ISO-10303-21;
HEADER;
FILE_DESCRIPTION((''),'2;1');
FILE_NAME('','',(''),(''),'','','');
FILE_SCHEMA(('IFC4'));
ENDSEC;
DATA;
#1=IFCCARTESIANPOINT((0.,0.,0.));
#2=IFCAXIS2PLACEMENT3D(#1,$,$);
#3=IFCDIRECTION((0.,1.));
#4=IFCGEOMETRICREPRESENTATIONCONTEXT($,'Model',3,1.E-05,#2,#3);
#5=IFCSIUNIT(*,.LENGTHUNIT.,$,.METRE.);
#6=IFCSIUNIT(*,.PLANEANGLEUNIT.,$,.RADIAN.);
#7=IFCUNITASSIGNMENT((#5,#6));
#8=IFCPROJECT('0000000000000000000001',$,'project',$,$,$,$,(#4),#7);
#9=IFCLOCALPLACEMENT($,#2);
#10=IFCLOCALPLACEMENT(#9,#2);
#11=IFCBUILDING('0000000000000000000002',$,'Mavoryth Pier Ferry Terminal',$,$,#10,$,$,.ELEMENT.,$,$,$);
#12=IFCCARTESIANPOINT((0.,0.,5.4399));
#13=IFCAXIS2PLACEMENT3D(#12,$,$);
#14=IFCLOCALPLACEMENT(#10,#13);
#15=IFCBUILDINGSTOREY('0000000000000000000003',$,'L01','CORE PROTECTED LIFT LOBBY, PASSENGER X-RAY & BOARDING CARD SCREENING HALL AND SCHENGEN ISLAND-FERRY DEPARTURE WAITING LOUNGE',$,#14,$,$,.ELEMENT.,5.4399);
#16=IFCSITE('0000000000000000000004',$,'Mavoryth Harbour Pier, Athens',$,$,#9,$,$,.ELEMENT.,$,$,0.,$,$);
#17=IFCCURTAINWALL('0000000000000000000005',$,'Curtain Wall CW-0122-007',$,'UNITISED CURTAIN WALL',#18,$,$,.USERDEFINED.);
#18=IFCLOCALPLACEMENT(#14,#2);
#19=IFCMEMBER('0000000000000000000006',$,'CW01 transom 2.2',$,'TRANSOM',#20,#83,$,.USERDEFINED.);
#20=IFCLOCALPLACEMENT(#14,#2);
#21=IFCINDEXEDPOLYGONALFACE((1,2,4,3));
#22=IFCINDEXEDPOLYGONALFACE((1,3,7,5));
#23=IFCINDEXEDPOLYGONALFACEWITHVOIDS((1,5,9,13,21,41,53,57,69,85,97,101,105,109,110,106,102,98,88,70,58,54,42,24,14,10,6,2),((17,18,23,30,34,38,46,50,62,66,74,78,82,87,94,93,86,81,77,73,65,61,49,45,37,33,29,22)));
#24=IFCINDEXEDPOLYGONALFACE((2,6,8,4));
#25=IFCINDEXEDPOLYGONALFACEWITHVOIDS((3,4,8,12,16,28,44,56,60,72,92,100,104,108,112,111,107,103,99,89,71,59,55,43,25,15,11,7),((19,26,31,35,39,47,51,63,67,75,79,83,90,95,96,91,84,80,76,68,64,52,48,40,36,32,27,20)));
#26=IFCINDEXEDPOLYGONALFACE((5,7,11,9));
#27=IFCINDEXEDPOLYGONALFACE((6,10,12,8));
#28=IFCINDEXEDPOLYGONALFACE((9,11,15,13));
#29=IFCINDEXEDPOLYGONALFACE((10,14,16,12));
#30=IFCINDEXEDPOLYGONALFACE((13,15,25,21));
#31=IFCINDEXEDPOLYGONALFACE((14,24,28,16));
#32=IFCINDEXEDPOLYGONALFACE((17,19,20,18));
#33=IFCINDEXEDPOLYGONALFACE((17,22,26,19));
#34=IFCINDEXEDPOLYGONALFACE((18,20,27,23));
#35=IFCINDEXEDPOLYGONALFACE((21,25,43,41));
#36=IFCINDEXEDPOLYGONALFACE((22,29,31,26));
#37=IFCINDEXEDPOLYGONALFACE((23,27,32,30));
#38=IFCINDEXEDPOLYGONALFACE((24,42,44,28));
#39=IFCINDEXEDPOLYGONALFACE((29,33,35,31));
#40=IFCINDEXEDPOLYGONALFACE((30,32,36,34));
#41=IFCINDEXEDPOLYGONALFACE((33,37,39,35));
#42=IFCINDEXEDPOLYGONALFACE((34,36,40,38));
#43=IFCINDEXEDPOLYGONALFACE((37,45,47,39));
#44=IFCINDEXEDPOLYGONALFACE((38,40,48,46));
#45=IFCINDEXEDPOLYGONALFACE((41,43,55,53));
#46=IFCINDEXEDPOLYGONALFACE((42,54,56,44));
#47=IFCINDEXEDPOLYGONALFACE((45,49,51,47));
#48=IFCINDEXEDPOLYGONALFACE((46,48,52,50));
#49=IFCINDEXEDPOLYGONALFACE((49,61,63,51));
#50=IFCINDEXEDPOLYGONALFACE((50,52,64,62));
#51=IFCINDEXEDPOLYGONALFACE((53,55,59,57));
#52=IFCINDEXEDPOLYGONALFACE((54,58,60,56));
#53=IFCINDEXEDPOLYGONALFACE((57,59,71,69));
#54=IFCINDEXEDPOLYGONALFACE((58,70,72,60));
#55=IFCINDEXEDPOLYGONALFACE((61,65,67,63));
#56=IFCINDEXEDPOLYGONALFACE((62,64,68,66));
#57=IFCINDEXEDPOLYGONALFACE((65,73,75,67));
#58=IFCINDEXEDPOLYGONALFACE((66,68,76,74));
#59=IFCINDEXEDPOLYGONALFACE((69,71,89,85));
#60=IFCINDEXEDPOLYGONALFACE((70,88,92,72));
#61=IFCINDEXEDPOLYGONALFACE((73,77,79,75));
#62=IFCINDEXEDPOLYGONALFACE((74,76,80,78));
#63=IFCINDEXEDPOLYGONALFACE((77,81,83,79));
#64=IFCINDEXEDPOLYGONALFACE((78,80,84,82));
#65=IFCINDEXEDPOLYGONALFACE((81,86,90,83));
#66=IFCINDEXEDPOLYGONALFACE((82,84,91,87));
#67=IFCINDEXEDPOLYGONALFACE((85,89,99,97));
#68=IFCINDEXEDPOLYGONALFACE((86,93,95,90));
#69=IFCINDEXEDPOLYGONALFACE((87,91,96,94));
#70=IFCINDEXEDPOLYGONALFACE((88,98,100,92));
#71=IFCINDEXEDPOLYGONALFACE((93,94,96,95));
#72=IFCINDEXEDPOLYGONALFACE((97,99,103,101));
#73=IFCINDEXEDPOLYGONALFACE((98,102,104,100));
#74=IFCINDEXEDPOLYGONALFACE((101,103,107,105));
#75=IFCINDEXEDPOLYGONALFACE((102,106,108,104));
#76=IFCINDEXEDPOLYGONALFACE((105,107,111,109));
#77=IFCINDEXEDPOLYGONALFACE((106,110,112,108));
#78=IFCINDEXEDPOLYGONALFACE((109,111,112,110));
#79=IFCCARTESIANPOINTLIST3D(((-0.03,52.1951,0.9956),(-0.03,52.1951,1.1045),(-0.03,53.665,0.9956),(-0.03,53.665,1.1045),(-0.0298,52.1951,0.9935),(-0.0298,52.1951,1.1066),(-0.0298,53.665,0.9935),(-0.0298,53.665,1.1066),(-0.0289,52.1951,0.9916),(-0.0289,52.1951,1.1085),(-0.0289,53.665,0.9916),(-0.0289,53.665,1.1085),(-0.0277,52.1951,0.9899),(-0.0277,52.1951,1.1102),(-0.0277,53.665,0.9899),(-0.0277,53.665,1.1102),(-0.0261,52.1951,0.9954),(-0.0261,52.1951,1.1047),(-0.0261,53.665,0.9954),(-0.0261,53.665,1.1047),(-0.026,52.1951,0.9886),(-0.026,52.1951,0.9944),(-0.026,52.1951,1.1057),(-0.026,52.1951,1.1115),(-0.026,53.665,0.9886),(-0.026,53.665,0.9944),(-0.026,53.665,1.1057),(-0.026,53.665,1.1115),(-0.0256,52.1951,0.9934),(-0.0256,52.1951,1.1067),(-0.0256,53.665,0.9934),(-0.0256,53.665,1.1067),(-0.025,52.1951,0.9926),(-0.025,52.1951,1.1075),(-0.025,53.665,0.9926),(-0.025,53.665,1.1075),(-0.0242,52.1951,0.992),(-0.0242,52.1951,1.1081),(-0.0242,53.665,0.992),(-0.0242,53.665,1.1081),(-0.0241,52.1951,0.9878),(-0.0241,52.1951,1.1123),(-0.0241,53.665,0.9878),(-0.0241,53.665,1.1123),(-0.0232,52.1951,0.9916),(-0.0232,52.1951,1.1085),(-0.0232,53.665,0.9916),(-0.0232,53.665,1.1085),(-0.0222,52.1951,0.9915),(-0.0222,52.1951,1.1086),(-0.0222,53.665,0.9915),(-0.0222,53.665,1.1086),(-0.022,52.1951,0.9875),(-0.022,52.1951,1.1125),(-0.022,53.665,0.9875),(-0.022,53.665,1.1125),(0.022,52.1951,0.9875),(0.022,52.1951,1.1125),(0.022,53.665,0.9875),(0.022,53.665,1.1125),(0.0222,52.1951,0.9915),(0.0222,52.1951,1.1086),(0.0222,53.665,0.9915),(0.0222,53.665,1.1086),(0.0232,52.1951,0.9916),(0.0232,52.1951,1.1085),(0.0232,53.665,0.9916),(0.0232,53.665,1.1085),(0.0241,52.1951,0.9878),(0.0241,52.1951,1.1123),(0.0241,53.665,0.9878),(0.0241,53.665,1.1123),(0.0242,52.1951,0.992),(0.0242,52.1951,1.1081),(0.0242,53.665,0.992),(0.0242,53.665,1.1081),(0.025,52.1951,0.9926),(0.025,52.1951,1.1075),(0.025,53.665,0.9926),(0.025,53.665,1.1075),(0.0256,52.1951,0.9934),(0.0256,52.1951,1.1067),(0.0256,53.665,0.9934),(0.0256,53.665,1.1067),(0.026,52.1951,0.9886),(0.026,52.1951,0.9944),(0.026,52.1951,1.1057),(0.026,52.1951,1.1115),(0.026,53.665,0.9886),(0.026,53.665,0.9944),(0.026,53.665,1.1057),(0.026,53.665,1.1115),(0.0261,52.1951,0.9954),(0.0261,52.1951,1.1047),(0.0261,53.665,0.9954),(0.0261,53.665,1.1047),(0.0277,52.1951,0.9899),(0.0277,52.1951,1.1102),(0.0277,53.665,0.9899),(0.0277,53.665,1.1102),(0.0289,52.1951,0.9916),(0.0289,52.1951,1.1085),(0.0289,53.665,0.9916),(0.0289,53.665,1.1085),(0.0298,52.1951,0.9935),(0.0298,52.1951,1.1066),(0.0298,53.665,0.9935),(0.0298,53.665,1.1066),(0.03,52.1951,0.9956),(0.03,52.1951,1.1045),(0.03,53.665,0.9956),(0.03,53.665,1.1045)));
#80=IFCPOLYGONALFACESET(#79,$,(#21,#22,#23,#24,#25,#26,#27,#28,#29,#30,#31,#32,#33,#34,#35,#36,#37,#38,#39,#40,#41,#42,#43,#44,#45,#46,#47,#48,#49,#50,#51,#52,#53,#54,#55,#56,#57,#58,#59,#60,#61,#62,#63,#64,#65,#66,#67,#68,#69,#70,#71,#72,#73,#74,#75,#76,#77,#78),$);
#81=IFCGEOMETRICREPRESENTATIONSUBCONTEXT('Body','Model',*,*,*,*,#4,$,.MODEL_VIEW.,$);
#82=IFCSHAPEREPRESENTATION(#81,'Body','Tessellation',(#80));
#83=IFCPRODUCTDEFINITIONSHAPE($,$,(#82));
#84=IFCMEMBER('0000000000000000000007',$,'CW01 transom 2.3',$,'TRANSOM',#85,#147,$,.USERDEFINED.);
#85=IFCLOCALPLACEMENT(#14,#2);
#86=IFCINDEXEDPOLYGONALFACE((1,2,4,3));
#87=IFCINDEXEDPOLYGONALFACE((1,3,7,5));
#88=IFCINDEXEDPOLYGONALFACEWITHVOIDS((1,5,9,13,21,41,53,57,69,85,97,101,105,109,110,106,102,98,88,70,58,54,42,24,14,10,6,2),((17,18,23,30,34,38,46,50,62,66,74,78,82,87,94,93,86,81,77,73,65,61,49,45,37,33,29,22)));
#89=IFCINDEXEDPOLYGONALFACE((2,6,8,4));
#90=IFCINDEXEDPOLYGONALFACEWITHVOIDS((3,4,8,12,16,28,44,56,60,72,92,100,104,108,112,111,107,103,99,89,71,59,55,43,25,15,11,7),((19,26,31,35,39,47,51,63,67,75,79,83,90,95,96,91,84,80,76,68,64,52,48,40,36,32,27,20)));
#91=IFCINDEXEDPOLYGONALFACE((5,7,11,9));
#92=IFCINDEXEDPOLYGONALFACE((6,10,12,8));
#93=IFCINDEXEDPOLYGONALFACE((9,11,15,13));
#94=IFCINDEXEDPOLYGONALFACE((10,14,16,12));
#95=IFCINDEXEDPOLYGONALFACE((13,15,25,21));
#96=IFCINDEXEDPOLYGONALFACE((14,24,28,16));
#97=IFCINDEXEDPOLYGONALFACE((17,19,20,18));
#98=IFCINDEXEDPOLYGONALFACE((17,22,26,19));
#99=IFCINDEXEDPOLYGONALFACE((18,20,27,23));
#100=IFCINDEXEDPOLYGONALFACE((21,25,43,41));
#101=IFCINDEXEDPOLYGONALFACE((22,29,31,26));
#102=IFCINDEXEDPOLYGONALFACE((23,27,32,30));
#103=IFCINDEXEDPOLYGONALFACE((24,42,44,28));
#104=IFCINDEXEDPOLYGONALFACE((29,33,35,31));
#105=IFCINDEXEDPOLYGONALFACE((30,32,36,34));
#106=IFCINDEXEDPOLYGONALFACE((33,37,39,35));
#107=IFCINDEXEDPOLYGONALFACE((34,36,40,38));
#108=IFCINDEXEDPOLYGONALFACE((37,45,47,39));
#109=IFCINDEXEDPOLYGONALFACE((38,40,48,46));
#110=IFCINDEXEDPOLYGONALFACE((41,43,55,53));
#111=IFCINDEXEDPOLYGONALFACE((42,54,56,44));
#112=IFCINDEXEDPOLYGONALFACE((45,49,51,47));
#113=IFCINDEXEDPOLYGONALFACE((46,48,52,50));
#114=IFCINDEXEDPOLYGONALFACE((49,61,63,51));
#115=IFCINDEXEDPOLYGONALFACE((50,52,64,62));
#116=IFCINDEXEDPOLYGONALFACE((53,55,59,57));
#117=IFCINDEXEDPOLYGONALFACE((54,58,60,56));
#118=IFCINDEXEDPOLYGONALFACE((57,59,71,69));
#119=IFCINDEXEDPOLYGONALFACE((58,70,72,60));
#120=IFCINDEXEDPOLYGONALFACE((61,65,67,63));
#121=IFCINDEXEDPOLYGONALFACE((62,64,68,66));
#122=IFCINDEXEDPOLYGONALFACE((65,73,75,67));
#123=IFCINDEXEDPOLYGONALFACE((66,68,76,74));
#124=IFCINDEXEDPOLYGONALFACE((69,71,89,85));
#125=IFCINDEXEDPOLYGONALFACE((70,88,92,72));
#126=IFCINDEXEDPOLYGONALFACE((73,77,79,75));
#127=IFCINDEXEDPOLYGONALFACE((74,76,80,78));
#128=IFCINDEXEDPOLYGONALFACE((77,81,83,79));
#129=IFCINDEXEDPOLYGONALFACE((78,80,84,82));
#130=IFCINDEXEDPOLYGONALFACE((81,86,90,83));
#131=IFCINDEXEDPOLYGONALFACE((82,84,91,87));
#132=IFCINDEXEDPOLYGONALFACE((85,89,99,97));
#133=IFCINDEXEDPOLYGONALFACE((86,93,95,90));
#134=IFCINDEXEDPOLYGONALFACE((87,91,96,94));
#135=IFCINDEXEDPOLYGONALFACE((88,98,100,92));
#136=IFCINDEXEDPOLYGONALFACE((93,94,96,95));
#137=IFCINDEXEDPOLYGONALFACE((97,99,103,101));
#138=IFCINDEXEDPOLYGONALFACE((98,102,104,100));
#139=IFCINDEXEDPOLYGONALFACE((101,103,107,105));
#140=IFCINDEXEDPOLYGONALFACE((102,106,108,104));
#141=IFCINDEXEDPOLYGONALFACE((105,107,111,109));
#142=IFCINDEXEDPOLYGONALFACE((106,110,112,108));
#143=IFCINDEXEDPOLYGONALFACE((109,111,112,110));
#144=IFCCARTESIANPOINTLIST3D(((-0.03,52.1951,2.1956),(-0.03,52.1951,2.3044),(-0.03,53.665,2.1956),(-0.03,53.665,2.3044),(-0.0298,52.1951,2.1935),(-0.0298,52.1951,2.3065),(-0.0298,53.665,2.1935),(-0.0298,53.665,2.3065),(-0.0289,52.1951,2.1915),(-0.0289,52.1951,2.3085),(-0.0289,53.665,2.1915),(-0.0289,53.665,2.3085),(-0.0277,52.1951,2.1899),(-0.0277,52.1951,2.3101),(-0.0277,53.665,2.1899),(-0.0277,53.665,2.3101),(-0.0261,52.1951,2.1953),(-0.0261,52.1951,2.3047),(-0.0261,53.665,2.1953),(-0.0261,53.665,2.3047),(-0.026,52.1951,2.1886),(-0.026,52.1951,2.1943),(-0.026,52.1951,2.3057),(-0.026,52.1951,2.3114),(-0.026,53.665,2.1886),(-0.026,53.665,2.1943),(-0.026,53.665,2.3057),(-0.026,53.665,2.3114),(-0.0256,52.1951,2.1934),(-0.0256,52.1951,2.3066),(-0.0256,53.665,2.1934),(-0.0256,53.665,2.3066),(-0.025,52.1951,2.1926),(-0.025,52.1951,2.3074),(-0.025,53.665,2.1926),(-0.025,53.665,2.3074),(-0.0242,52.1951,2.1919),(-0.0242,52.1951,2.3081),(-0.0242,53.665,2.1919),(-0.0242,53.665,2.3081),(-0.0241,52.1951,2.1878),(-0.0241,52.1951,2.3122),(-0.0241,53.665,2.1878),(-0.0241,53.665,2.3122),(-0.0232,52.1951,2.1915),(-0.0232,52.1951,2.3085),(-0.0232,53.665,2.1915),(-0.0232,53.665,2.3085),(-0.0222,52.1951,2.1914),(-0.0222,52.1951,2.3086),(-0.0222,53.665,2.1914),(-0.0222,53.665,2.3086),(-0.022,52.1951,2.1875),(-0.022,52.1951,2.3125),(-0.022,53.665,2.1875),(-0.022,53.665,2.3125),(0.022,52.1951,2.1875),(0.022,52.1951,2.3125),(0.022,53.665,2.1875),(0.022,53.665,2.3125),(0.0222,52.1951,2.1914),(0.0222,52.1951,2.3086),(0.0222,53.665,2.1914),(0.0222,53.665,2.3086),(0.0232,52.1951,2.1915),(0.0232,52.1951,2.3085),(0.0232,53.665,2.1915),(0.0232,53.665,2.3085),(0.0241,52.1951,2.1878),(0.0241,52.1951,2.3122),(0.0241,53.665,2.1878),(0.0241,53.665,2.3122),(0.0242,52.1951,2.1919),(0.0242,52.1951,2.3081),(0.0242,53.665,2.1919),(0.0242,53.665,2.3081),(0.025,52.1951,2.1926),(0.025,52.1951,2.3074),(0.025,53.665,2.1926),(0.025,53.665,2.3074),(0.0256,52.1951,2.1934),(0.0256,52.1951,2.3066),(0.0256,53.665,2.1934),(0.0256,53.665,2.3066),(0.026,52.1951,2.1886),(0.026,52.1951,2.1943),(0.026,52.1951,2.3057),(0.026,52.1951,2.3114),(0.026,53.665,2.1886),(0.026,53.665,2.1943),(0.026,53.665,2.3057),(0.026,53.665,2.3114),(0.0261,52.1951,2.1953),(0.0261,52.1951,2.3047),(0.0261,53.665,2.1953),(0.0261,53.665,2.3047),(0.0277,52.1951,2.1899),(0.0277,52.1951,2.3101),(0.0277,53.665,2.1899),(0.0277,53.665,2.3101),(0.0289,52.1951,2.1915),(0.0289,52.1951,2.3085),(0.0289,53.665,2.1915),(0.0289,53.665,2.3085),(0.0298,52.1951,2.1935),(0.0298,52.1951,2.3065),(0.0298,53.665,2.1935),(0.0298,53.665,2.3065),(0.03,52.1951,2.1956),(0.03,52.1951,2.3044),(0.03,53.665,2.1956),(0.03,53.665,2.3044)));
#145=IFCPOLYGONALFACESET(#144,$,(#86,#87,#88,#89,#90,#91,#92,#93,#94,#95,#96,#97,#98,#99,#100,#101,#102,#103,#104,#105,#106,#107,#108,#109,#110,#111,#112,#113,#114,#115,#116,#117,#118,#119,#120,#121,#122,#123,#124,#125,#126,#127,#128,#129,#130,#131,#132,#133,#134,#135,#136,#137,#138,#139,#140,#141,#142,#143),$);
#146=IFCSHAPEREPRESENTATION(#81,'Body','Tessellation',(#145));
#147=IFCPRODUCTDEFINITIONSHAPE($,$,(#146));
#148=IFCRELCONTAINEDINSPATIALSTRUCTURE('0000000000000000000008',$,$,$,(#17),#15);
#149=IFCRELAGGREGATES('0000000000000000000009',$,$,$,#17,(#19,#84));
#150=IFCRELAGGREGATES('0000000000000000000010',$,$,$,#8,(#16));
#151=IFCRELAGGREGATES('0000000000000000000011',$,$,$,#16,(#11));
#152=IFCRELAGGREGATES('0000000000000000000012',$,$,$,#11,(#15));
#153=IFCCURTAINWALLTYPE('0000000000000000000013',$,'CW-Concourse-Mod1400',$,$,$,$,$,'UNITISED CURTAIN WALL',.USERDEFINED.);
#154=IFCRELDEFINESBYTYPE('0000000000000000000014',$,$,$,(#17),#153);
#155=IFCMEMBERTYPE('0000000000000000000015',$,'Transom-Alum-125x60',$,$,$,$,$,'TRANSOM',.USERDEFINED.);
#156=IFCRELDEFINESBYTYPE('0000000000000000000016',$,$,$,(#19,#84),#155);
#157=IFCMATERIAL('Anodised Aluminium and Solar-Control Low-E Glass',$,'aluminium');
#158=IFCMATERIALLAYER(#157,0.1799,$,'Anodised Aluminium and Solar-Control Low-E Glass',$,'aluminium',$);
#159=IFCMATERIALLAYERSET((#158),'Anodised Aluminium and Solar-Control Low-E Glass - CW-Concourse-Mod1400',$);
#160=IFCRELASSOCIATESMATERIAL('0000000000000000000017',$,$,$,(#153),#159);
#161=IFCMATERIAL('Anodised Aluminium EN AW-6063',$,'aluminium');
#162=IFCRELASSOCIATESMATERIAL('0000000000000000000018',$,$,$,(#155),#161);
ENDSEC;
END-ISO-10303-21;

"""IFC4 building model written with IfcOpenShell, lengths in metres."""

from ifc_helpers import new_model, si_unit, direction, frame, origin, origin_2d, place, context, subcontext, project, spatial, hollow_rectangle, extrude, material, layer, layer_set, material_profile, profile_set, type_object, element, aggregate, save


model = new_model("IFC4")

# Units and contexts
model_context = context("Model", 3, precision=1e-05, world=origin(), true_north=direction((0.0, 1.0)))
body_context = subcontext(model_context, "Body", "Model", "MODEL_VIEW")
ifc_project = project(units=[si_unit("LENGTHUNIT", "METRE"), si_unit("PLANEANGLEUNIT", "RADIAN")], contexts=[model_context])

# Site, building, storey
site_placement = place(None, origin())
site = spatial("IfcSite", under=ifc_project, at=site_placement, Name="Mavoryth Harbour Pier, Athens", CompositionType="ELEMENT", RefElevation=0.0)
building_placement = place(site_placement, origin())
building = spatial("IfcBuilding", under=site, at=building_placement, Name="Mavoryth Pier Ferry Terminal", CompositionType="ELEMENT")
storey_placement = place(building_placement, frame((0.0, 0.0, 5.4399)))
storey = spatial("IfcBuildingStorey", under=building, at=storey_placement, Name="L01", Description="CORE PROTECTED LIFT LOBBY, PASSENGER X-RAY & BOARDING CARD SCREENING HALL AND SCHENGEN ISLAND-FERRY DEPARTURE WAITING LOUNGE", CompositionType="ELEMENT", Elevation=5.4399)

# Curtain wall
ifc_material_1 = material(Name="Anodised Aluminium and Solar-Control Low-E Glass", Category="aluminium")
ifc_layer_1 = layer(ifc_material_1, 0.1799, Name="Anodised Aluminium and Solar-Control Low-E Glass", Category="aluminium")
ifc_layer_set_1 = layer_set([ifc_layer_1], Name="Anodised Aluminium and Solar-Control Low-E Glass - CW-Concourse-Mod1400")
curtain_wall_type = type_object("IfcCurtainWallType", Name="CW-Concourse-Mod1400", ElementType="UNITISED CURTAIN WALL", PredefinedType="USERDEFINED", material=ifc_layer_set_1)
curtain_wall_placement = place(storey_placement, origin())
curtain_wall = element("IfcCurtainWall", 1, at=curtain_wall_placement, inside=storey, type_object=curtain_wall_type, Name="Curtain Wall CW-0122-007", ObjectType="UNITISED CURTAIN WALL", PredefinedType="USERDEFINED")
ifc_material_2 = material(Name="Anodised Aluminium EN AW-6063", Category="aluminium")

# Members
ifc_material_profile_1 = material_profile(ifc_material_2, hollow_rectangle(XDim=0.0601, YDim=0.125, WallThickness=0.0039, InnerFilletRadius=0.0039, OuterFilletRadius=0.0081, at=origin_2d()), Name="AL-TRAN 125x60x4", Category="aluminium")
ifc_profile_set_1 = profile_set([ifc_material_profile_1], Name="Anodised Aluminium EN AW-6063 - AL-TRAN 125x60x4")
member_type_1 = type_object("IfcMemberType", Name="Transom-Alum-125x60", ElementType="TRANSOM", PredefinedType="USERDEFINED", material=ifc_profile_set_1)
member_1_placement = place(storey_placement, frame((0.0, 53.665, 1.05), z_axis=(0.0, -1.0, 0.0), x_axis=(1.0, 0.0, 0.0)))
member_1 = element("IfcMember", 2, at=member_1_placement, type_object=member_type_1, Name="CW01 transom 2.2", ObjectType="TRANSOM", PredefinedType="USERDEFINED", context=body_context, shape_type="SweptSolid", body=[
    extrude(hollow_rectangle(XDim=0.0601, YDim=0.125, WallThickness=0.0039, InnerFilletRadius=0.0039, OuterFilletRadius=0.0081, at=origin_2d()), origin(), (0.0, 0.0, 1.0), 1.47),
])
member_2_placement = place(storey_placement, frame((0.0, 53.665, 2.25), z_axis=(0.0, -1.0, 0.0), x_axis=(1.0, 0.0, 0.0)))
member_2 = element("IfcMember", 3, at=member_2_placement, type_object=member_type_1, Name="CW01 transom 2.3", ObjectType="TRANSOM", PredefinedType="USERDEFINED", context=body_context, shape_type="SweptSolid", body=[
    extrude(hollow_rectangle(XDim=0.0601, YDim=0.125, WallThickness=0.0039, InnerFilletRadius=0.0039, OuterFilletRadius=0.0081, at=origin_2d()), origin(), (0.0, 0.0, 1.0), 1.47),
])

aggregate(curtain_wall, [member_1, member_2])

save(model, "model.ifc")
